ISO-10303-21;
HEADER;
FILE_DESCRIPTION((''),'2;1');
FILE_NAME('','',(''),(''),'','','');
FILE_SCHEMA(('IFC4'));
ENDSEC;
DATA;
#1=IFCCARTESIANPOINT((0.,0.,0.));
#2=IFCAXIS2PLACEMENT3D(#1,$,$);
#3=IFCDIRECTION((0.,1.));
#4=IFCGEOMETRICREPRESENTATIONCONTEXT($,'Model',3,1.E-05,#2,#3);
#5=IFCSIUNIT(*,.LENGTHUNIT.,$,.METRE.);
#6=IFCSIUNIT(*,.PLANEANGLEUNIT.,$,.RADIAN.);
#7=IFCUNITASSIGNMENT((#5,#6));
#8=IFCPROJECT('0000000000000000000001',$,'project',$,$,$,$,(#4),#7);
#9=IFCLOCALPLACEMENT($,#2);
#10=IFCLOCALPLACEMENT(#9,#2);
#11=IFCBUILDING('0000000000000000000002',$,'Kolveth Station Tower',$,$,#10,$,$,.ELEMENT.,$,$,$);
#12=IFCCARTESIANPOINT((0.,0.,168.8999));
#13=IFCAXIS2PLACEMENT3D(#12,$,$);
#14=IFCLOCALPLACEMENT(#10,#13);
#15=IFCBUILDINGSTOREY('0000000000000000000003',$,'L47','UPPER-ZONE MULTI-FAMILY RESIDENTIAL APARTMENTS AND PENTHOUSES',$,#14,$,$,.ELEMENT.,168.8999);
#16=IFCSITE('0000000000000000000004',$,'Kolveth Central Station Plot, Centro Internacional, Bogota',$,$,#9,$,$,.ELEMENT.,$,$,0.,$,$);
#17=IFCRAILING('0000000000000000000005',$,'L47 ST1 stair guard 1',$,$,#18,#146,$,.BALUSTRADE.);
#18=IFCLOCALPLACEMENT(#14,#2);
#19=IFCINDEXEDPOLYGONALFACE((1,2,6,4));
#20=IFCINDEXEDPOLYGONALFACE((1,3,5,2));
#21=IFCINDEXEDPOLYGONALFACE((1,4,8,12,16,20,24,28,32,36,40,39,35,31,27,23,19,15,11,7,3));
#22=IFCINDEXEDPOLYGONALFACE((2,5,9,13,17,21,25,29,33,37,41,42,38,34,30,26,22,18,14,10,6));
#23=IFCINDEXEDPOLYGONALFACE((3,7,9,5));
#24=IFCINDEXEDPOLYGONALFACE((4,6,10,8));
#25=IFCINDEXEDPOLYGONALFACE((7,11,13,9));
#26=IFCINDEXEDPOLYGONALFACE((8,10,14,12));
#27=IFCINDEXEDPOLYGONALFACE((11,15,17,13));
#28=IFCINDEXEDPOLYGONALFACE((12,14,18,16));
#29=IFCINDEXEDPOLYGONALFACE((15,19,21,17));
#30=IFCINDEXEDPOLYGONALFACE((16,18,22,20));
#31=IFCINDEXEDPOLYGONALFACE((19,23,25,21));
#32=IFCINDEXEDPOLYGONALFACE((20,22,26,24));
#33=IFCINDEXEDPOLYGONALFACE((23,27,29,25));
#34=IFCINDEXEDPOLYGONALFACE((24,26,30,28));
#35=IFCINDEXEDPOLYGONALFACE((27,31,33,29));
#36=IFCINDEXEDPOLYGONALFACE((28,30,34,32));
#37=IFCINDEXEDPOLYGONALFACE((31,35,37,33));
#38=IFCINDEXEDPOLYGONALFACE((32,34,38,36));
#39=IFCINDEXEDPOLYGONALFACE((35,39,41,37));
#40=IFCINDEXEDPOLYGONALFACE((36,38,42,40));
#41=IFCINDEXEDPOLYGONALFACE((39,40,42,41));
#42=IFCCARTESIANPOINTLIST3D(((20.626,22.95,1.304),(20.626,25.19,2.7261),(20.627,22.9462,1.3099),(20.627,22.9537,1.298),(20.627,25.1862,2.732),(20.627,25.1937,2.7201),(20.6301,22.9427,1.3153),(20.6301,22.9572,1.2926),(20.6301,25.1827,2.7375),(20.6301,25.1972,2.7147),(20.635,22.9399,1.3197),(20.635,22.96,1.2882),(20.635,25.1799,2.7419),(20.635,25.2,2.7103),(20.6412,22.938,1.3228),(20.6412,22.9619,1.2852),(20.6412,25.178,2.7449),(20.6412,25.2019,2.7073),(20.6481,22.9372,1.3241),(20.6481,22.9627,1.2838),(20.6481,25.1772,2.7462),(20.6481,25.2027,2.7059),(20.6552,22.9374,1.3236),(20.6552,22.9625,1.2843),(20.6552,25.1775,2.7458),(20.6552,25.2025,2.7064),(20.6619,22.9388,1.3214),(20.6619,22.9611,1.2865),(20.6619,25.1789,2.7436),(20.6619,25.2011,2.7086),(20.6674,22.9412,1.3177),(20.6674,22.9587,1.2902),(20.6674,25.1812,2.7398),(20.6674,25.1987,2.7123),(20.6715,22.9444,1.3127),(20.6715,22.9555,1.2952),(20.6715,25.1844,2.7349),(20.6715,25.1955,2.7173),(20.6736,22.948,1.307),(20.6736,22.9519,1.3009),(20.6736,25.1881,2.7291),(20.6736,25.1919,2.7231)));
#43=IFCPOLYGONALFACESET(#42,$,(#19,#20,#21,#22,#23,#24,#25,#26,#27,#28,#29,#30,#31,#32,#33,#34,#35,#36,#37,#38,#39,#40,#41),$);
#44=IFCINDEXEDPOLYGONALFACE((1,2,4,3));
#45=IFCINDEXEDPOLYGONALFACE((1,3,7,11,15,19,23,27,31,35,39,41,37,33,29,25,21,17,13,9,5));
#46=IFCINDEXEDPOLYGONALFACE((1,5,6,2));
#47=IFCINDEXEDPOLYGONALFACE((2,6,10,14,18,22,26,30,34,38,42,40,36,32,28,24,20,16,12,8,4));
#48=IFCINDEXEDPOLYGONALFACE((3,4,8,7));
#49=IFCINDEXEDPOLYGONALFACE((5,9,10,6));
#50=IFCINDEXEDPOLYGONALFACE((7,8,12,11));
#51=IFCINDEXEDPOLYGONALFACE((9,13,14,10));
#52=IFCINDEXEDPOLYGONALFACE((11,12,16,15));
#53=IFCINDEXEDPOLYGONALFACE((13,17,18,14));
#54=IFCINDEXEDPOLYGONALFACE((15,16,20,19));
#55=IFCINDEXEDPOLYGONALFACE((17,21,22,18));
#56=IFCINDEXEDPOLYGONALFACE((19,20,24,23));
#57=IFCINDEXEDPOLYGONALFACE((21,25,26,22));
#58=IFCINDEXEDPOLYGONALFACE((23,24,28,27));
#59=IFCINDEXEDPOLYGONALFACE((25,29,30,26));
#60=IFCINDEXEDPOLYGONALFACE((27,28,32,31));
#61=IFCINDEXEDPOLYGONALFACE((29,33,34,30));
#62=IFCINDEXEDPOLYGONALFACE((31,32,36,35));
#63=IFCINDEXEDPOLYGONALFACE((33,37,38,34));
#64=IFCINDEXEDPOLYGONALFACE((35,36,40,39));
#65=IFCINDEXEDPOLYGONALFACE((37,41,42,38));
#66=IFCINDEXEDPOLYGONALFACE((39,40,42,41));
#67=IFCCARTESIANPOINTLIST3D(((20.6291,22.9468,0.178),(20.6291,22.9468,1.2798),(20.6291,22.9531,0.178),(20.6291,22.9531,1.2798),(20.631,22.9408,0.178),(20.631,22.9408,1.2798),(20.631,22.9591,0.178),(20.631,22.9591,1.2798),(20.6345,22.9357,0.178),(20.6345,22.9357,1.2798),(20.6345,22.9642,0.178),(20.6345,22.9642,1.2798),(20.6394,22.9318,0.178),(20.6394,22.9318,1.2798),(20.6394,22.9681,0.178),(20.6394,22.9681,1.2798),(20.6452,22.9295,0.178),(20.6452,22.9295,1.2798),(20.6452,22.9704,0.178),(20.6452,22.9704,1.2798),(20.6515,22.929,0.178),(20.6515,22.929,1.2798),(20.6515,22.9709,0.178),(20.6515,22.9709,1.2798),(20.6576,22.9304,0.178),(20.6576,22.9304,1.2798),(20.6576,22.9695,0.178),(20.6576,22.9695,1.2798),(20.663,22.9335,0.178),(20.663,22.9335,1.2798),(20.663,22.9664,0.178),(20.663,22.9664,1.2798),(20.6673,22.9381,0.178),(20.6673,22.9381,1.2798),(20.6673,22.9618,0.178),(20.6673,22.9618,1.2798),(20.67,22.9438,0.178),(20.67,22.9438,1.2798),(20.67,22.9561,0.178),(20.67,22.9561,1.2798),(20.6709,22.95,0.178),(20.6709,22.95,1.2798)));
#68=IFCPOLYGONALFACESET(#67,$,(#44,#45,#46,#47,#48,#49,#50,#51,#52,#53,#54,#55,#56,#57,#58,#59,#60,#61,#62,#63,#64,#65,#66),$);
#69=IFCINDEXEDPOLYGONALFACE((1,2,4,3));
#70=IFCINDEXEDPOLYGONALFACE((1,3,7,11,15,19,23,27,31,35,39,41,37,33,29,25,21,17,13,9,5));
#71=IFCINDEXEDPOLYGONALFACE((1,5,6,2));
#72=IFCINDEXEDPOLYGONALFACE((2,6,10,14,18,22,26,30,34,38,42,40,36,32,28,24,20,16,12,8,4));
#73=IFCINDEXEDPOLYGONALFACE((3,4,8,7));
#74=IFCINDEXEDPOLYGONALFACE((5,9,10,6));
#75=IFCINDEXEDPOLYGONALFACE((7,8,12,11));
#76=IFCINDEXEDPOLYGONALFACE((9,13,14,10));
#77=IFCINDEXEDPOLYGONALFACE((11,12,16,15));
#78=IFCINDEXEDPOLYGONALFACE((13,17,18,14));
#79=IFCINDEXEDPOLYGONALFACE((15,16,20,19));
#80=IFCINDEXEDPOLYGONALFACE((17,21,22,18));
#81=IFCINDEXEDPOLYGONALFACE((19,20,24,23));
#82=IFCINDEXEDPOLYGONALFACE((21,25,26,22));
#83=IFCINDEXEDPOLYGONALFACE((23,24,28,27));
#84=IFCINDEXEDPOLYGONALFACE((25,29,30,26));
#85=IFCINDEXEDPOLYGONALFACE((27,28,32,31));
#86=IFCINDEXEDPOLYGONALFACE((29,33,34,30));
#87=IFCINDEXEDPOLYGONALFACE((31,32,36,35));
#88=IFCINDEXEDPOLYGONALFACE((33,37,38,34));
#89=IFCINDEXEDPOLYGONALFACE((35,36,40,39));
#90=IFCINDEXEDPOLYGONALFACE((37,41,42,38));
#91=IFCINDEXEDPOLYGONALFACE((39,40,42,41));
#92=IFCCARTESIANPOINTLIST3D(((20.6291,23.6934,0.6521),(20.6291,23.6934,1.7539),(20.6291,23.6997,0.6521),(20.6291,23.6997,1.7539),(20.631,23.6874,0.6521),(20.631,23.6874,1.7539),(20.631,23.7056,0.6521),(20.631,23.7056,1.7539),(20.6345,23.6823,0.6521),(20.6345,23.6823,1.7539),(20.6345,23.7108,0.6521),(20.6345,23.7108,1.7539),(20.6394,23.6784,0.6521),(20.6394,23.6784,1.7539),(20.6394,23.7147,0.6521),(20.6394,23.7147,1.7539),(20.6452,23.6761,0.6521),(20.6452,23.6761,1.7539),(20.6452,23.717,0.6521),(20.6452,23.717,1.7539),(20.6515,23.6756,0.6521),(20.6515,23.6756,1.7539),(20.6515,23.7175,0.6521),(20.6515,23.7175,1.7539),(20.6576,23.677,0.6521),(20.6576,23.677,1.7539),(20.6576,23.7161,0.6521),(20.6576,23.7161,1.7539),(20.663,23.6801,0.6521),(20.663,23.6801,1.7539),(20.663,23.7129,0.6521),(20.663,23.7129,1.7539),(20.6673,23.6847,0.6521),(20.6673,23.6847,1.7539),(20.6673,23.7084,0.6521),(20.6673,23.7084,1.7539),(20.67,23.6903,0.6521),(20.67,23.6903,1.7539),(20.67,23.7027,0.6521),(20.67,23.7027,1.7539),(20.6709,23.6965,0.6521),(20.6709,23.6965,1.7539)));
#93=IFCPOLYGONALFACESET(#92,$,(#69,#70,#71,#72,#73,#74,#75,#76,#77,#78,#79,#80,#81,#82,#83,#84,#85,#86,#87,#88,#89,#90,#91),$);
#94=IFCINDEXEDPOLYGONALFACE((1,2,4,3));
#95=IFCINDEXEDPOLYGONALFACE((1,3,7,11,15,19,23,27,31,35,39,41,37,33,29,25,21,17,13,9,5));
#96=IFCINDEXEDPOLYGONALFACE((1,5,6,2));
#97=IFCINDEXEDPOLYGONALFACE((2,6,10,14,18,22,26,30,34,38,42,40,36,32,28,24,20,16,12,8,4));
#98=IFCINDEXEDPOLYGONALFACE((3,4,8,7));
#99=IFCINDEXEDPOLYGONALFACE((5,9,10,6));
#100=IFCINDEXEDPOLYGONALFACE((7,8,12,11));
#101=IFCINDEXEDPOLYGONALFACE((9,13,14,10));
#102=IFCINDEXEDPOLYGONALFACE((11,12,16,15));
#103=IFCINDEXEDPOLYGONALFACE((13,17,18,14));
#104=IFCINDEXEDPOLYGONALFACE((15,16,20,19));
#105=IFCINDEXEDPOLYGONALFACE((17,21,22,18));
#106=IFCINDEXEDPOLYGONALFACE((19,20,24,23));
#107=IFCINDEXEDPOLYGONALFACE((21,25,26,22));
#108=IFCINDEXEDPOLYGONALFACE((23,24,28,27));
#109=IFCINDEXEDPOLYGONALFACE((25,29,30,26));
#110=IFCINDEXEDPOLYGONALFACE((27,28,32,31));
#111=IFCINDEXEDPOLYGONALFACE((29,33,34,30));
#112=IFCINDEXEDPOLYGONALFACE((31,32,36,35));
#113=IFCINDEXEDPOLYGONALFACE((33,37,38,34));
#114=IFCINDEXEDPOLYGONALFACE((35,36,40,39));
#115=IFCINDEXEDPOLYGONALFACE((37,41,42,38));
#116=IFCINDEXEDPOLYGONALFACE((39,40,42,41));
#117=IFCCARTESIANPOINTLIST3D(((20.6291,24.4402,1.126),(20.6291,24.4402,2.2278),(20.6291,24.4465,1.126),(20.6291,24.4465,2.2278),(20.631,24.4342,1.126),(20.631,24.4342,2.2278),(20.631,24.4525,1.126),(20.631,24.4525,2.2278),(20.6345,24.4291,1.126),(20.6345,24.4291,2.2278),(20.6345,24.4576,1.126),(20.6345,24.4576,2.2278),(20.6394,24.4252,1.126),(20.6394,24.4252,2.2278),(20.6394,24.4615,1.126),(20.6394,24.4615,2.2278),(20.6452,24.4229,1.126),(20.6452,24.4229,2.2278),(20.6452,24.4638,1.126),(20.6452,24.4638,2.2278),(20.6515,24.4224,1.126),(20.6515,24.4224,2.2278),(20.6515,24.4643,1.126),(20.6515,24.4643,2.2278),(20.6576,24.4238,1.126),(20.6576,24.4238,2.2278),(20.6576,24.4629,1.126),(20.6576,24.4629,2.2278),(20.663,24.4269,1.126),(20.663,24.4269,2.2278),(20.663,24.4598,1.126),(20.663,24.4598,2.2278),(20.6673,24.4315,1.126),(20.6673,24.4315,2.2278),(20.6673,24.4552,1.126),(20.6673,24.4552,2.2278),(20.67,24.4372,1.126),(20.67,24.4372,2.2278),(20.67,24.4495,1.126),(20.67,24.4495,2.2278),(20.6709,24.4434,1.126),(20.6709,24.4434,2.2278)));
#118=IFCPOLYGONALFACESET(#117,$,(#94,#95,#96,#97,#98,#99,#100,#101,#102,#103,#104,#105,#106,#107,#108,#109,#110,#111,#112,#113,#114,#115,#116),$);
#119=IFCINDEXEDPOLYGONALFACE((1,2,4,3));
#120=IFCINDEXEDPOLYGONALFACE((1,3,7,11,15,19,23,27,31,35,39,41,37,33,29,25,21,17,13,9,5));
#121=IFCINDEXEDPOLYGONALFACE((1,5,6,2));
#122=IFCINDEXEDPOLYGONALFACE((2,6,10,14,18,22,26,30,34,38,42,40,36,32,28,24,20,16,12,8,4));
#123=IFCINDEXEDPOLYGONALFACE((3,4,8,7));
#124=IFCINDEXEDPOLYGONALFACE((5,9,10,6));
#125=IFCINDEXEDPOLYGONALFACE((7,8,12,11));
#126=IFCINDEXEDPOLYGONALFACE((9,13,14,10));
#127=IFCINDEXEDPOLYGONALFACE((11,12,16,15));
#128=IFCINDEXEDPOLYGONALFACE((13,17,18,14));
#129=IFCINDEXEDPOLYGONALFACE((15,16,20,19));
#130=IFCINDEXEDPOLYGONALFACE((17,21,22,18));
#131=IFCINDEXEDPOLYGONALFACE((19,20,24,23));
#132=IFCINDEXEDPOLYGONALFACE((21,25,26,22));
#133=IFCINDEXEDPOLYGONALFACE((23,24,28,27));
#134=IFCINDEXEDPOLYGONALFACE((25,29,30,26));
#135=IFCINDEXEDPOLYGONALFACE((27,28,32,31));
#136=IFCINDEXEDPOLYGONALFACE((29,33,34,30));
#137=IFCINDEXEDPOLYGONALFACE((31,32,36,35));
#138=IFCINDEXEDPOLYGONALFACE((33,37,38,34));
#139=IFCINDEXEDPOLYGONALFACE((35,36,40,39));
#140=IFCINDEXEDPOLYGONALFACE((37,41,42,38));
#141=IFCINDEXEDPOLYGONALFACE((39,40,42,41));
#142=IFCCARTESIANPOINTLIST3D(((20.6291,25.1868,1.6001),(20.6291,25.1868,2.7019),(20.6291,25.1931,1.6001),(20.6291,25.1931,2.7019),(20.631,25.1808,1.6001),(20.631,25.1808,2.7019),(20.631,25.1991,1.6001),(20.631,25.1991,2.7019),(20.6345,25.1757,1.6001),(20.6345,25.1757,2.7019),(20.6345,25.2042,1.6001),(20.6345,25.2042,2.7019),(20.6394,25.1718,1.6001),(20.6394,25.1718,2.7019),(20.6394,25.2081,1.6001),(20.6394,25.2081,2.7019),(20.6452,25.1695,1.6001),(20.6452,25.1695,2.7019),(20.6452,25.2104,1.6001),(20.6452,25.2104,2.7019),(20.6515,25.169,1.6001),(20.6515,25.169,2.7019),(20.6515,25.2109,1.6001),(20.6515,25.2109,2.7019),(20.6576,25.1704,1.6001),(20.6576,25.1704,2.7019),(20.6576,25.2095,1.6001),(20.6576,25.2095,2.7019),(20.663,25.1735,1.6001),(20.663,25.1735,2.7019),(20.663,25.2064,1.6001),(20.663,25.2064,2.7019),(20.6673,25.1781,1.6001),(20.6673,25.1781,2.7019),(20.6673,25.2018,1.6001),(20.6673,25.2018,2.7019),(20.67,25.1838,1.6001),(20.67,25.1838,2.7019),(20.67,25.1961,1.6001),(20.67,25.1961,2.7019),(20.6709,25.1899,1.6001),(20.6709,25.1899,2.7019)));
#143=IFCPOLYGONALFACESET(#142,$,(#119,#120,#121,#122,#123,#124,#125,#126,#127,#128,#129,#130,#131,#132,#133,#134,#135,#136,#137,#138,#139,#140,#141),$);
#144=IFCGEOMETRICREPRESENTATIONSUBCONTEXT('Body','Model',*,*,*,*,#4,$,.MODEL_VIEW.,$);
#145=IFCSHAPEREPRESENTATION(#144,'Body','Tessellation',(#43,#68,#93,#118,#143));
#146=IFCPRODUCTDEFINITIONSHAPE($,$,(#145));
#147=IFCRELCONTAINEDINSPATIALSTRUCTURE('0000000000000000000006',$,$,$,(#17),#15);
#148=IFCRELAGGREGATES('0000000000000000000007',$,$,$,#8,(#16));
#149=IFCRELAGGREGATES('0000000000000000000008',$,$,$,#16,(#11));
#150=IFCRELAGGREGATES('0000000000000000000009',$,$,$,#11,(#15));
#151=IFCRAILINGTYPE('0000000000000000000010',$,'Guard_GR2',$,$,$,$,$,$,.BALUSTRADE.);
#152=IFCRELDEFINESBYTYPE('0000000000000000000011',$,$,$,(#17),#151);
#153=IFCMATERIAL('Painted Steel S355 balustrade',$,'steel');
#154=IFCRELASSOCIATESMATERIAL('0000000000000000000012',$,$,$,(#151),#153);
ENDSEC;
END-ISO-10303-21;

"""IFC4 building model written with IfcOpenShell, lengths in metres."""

from ifc_helpers import new_model, si_unit, direction, frame, origin, origin_2d, place, context, subcontext, project, spatial, circle, extrude, material, type_object, element, save


model = new_model("IFC4")

# Units and contexts
model_context = context("Model", 3, precision=1e-05, world=origin(), true_north=direction((0.0, 1.0)))
body_context = subcontext(model_context, "Body", "Model", "MODEL_VIEW")
ifc_project = project(units=[si_unit("LENGTHUNIT", "METRE"), si_unit("PLANEANGLEUNIT", "RADIAN")], contexts=[model_context])

# Site, building, storey
site_placement = place(None, origin())
site = spatial("IfcSite", under=ifc_project, at=site_placement, Name="Kolveth Central Station Plot, Centro Internacional, Bogota", CompositionType="ELEMENT", RefElevation=0.0)
building_placement = place(site_placement, origin())
building = spatial("IfcBuilding", under=site, at=building_placement, Name="Kolveth Station Tower", CompositionType="ELEMENT")
storey_placement = place(building_placement, frame((0.0, 0.0, 168.8999)))
storey = spatial("IfcBuildingStorey", under=building, at=storey_placement, Name="L47", Description="UPPER-ZONE MULTI-FAMILY RESIDENTIAL APARTMENTS AND PENTHOUSES", CompositionType="ELEMENT", Elevation=168.8999)

# Railing
ifc_material_1 = material(Name="Painted Steel S355 balustrade", Category="steel")
railing_type_1 = type_object("IfcRailingType", Name="Guard_GR2", PredefinedType="BALUSTRADE", material=ifc_material_1)
railing_1_placement = place(storey_placement, frame((20.6499, 22.95, 0.178)))
element("IfcRailing", 1, at=railing_1_placement, inside=storey, type_object=railing_type_1, Name="L47 ST1 stair guard 1", PredefinedType="BALUSTRADE", context=body_context, shape_type="SweptSolid", body=[
    extrude(circle(Radius=0.0239, at=origin_2d()), frame((0.0, 0.0, 1.126), z_axis=(0.0, 0.844229, 0.535982), x_axis=(-1.0, 0.0, 0.0)), (0.0, 0.0, 1.0), 2.6533),
    extrude(circle(Radius=0.021, at=origin_2d()), origin(), (0.0, 0.0, 1.0), 1.1018),
    extrude(circle(Radius=0.021, at=origin_2d()), frame((0.0, 0.7466, 0.4741)), (0.0, 0.0, 1.0), 1.1018),
    extrude(circle(Radius=0.021, at=origin_2d()), frame((0.0, 1.4934, 0.948)), (0.0, 0.0, 1.0), 1.1018),
    extrude(circle(Radius=0.021, at=origin_2d()), frame((0.0, 2.24, 1.4221)), (0.0, 0.0, 1.0), 1.1018),
])

save(model, "model.ifc")
